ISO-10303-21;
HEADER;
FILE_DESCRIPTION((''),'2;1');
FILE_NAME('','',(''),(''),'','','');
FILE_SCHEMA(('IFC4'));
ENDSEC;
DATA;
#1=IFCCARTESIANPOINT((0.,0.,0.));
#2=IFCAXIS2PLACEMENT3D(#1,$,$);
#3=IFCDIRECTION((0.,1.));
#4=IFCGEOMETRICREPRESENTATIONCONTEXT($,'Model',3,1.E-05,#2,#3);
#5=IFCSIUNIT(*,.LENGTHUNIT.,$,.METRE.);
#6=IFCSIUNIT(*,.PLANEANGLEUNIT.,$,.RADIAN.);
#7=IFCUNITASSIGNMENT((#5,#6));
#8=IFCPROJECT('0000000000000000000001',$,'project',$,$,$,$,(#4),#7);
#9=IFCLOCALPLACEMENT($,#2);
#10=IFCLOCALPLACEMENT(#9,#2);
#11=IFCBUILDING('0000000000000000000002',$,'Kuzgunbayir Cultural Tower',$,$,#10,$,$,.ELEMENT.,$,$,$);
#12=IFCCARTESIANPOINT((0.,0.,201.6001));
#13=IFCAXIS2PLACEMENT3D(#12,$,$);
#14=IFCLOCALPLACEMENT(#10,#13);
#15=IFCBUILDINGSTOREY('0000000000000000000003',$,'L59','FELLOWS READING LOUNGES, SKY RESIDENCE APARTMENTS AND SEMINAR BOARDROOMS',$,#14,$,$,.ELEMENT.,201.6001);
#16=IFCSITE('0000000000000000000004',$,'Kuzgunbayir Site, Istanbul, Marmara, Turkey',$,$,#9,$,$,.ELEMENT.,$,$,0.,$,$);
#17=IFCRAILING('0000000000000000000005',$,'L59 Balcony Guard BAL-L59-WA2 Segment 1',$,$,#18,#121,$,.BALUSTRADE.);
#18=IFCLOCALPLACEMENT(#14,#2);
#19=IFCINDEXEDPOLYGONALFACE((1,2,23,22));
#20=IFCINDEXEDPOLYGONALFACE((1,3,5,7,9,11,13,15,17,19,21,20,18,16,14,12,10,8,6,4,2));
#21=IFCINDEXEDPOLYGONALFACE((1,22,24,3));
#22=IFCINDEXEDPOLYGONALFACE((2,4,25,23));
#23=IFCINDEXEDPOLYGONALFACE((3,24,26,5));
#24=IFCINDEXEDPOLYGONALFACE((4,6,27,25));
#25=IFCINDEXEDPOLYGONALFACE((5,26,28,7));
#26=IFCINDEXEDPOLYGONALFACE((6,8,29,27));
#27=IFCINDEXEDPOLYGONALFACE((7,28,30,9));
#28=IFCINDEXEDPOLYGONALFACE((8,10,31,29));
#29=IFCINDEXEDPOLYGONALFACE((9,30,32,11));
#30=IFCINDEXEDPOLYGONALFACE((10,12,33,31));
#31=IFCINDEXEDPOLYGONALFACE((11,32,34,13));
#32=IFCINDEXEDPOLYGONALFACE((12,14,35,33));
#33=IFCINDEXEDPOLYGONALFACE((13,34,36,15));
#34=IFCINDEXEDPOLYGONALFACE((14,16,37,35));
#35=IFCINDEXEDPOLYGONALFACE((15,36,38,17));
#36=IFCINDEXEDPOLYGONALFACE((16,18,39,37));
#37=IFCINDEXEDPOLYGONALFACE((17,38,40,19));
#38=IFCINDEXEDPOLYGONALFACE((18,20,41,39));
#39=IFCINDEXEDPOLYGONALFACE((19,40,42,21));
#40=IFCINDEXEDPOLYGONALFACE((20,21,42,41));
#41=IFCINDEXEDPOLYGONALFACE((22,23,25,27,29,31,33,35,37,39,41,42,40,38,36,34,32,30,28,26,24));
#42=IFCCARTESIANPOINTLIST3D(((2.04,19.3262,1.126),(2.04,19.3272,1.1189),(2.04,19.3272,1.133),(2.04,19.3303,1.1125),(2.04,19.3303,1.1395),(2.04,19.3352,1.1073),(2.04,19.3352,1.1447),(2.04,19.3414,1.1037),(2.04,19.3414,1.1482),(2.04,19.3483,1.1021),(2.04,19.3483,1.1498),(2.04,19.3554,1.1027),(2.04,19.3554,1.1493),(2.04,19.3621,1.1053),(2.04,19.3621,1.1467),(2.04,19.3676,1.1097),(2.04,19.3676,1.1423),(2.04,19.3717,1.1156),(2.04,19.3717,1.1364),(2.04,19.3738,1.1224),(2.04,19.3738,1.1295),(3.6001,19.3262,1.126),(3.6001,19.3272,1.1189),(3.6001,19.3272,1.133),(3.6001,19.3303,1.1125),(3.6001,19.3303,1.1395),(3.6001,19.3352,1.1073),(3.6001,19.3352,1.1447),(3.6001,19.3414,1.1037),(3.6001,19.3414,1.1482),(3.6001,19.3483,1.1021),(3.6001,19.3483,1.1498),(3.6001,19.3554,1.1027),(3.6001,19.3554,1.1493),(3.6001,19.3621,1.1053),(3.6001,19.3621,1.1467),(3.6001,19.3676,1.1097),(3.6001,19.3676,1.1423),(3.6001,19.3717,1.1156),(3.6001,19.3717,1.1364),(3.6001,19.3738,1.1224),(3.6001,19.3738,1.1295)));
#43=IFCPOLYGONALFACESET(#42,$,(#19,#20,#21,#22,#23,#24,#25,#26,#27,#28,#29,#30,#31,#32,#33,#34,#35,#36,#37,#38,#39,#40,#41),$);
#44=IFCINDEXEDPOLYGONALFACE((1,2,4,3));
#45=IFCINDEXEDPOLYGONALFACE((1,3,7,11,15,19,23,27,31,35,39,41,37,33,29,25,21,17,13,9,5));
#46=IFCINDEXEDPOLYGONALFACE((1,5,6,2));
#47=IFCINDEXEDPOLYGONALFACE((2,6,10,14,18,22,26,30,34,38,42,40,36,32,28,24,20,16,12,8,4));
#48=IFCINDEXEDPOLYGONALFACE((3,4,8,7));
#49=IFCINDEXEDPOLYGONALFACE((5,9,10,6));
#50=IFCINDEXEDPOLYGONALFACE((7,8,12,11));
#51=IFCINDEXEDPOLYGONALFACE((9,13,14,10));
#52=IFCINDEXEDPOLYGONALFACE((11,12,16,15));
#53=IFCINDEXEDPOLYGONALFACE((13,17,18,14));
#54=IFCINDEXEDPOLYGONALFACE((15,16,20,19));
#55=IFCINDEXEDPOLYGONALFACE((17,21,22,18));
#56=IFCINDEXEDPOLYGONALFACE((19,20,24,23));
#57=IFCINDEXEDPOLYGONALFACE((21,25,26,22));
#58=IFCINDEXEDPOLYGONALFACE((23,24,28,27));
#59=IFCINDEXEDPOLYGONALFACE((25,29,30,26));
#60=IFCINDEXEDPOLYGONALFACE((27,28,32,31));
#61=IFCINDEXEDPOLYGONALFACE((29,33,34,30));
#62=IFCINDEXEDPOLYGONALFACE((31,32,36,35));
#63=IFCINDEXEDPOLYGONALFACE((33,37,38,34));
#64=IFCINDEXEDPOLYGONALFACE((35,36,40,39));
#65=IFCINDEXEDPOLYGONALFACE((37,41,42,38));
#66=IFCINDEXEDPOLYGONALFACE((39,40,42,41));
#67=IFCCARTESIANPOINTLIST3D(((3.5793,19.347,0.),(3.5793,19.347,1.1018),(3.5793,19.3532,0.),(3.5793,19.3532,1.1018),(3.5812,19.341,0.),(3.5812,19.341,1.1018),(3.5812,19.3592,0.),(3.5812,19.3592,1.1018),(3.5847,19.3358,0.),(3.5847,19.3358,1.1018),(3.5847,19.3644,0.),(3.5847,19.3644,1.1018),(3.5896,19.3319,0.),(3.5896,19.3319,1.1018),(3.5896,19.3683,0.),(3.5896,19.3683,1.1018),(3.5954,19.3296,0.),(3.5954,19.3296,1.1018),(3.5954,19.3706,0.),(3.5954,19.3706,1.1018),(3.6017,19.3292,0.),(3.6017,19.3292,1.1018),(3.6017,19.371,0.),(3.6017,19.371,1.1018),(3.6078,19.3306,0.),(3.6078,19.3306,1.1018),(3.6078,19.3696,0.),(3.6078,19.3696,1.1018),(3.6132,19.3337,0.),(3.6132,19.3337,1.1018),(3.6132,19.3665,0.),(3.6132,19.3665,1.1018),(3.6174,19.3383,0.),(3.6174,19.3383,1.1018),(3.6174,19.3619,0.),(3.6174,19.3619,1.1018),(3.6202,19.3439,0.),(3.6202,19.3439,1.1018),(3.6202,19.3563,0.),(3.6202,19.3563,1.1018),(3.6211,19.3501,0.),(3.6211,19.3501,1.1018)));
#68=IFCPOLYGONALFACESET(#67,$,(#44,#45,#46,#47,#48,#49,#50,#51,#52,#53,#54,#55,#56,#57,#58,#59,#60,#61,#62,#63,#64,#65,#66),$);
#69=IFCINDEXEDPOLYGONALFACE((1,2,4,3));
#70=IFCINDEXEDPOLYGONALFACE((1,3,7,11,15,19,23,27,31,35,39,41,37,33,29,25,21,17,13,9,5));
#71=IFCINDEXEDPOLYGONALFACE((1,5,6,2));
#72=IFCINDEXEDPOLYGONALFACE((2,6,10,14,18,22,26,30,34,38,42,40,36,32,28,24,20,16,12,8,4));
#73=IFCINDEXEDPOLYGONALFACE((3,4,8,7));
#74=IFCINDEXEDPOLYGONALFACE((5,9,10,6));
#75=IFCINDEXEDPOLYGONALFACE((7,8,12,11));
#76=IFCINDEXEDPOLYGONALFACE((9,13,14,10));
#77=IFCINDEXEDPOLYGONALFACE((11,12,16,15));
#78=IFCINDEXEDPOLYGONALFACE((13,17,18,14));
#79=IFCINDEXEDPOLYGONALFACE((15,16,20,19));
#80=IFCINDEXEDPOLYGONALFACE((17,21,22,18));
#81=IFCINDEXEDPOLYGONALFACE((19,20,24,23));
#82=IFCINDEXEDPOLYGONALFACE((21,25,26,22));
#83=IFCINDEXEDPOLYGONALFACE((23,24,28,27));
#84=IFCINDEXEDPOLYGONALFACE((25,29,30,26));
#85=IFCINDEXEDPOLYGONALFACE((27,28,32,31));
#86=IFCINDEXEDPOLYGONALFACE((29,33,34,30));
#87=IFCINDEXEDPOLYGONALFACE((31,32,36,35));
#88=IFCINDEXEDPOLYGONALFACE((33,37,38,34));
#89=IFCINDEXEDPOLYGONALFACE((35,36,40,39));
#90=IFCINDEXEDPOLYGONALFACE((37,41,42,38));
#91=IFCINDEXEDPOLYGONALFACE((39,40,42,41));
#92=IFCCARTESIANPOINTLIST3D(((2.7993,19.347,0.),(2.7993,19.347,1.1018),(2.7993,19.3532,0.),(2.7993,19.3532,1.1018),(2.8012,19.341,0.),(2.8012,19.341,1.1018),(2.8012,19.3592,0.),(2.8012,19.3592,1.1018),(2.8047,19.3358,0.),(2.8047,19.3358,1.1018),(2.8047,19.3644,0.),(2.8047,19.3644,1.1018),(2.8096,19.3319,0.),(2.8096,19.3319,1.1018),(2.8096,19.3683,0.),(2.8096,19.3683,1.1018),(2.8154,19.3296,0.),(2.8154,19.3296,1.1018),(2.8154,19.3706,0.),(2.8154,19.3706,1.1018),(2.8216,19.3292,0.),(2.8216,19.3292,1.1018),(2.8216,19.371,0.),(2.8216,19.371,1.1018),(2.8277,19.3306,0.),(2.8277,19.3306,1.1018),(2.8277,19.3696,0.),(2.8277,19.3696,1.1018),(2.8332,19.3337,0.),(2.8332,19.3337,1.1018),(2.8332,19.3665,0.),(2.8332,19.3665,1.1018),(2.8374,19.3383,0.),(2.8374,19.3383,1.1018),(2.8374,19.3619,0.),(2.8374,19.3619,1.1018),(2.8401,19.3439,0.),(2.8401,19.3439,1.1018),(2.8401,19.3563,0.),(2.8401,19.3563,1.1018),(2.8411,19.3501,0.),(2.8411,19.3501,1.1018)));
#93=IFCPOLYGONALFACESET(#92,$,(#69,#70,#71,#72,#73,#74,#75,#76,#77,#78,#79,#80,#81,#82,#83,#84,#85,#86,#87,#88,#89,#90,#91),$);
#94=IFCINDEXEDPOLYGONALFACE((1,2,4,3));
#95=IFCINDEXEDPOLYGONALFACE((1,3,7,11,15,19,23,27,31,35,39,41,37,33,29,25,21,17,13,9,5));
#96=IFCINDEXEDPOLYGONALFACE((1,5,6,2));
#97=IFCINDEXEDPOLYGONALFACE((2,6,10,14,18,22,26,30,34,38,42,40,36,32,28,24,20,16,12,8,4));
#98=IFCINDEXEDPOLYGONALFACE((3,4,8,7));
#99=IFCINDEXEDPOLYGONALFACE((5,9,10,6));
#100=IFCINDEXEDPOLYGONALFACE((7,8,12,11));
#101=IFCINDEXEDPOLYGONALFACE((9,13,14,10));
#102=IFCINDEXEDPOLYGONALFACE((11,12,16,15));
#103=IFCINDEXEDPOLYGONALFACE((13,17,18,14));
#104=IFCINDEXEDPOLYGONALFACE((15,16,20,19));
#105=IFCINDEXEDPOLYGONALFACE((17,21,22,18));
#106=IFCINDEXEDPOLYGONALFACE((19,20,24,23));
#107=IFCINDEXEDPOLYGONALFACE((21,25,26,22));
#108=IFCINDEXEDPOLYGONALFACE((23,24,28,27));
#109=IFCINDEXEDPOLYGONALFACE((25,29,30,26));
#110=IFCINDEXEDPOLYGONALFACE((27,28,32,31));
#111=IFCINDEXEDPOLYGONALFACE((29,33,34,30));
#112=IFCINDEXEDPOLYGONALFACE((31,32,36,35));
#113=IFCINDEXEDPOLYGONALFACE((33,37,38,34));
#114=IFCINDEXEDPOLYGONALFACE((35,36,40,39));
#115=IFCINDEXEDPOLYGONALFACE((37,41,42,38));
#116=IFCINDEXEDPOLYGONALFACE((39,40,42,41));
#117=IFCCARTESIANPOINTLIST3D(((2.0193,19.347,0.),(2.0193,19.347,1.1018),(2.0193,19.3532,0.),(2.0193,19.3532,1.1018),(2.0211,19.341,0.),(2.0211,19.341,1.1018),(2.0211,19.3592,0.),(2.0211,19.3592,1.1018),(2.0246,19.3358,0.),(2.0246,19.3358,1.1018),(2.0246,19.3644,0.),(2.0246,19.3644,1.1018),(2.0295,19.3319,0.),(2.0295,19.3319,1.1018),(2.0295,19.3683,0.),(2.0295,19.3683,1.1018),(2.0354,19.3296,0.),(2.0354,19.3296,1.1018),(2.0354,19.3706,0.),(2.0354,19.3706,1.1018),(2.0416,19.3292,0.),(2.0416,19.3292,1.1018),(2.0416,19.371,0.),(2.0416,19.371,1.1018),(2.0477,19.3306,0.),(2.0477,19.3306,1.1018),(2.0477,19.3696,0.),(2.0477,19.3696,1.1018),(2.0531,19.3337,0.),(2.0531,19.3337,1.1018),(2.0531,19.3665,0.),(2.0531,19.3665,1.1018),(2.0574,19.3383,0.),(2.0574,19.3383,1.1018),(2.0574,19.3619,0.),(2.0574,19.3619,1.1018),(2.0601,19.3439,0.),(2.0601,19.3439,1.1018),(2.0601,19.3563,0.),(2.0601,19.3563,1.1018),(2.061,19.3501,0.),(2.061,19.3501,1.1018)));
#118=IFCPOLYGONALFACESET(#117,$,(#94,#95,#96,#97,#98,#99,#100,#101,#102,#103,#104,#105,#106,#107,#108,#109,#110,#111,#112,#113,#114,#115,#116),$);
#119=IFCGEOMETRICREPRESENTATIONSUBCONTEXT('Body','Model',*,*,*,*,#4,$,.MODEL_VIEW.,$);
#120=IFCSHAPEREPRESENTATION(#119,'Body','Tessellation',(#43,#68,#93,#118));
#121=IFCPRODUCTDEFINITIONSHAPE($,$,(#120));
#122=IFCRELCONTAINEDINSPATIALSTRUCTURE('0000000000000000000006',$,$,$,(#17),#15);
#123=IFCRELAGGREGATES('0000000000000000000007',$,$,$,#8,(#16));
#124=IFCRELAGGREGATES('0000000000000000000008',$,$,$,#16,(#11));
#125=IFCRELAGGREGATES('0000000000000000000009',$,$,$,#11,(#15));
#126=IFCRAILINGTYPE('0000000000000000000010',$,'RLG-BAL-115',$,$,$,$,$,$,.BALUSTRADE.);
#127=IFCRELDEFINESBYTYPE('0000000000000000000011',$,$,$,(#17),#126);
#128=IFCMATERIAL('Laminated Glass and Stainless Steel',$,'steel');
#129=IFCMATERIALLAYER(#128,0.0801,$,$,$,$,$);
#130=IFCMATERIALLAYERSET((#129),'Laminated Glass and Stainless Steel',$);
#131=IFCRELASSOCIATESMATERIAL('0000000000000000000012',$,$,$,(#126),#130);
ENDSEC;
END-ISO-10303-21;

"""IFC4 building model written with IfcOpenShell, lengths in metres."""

from ifc_helpers import new_model, si_unit, direction, frame, origin, origin_2d, place, context, subcontext, project, spatial, circle, extrude, material, layer, layer_set, type_object, element, save


model = new_model("IFC4")

# Units and contexts
model_context = context("Model", 3, precision=1e-05, world=origin(), true_north=direction((0.0, 1.0)))
body_context = subcontext(model_context, "Body", "Model", "MODEL_VIEW")
ifc_project = project(units=[si_unit("LENGTHUNIT", "METRE"), si_unit("PLANEANGLEUNIT", "RADIAN")], contexts=[model_context])

# Site, building, storey
site_placement = place(None, origin())
site = spatial("IfcSite", under=ifc_project, at=site_placement, Name="Kuzgunbayir Site, Istanbul, Marmara, Turkey", CompositionType="ELEMENT", RefElevation=0.0)
building_placement = place(site_placement, origin())
building = spatial("IfcBuilding", under=site, at=building_placement, Name="Kuzgunbayir Cultural Tower", CompositionType="ELEMENT")
storey_placement = place(building_placement, frame((0.0, 0.0, 201.6001)))
storey = spatial("IfcBuildingStorey", under=building, at=storey_placement, Name="L59", Description="FELLOWS READING LOUNGES, SKY RESIDENCE APARTMENTS AND SEMINAR BOARDROOMS", CompositionType="ELEMENT", Elevation=201.6001)

# Railing
ifc_material_1 = material(Name="Laminated Glass and Stainless Steel", Category="steel")
ifc_layer_1 = layer(ifc_material_1, 0.0801)
ifc_layer_set_1 = layer_set([ifc_layer_1], Name="Laminated Glass and Stainless Steel")
railing_type = type_object("IfcRailingType", Name="RLG-BAL-115", PredefinedType="BALUSTRADE", material=ifc_layer_set_1)
railing_1_placement = place(storey_placement, frame((3.6001, 19.3501, 0.0)))
element("IfcRailing", 1, at=railing_1_placement, inside=storey, type_object=railing_type, Name="L59 Balcony Guard BAL-L59-WA2 Segment 1", PredefinedType="BALUSTRADE", context=body_context, shape_type="SweptSolid", body=[
    extrude(circle(Radius=0.0239, at=origin_2d()), frame((0.0, 0.0, 1.126), z_axis=(-1.0, 0.0, 0.0), x_axis=(0.0, -1.0, 0.0)), (0.0, 0.0, 1.0), 1.5601),
    extrude(circle(Radius=0.021, at=origin_2d()), origin(), (0.0, 0.0, 1.0), 1.1018),
    extrude(circle(Radius=0.021, at=origin_2d()), frame((-0.78, 0.0, 0.0)), (0.0, 0.0, 1.0), 1.1018),
    extrude(circle(Radius=0.021, at=origin_2d()), frame((-1.5601, 0.0, 0.0)), (0.0, 0.0, 1.0), 1.1018),
])

save(model, "model.ifc")
